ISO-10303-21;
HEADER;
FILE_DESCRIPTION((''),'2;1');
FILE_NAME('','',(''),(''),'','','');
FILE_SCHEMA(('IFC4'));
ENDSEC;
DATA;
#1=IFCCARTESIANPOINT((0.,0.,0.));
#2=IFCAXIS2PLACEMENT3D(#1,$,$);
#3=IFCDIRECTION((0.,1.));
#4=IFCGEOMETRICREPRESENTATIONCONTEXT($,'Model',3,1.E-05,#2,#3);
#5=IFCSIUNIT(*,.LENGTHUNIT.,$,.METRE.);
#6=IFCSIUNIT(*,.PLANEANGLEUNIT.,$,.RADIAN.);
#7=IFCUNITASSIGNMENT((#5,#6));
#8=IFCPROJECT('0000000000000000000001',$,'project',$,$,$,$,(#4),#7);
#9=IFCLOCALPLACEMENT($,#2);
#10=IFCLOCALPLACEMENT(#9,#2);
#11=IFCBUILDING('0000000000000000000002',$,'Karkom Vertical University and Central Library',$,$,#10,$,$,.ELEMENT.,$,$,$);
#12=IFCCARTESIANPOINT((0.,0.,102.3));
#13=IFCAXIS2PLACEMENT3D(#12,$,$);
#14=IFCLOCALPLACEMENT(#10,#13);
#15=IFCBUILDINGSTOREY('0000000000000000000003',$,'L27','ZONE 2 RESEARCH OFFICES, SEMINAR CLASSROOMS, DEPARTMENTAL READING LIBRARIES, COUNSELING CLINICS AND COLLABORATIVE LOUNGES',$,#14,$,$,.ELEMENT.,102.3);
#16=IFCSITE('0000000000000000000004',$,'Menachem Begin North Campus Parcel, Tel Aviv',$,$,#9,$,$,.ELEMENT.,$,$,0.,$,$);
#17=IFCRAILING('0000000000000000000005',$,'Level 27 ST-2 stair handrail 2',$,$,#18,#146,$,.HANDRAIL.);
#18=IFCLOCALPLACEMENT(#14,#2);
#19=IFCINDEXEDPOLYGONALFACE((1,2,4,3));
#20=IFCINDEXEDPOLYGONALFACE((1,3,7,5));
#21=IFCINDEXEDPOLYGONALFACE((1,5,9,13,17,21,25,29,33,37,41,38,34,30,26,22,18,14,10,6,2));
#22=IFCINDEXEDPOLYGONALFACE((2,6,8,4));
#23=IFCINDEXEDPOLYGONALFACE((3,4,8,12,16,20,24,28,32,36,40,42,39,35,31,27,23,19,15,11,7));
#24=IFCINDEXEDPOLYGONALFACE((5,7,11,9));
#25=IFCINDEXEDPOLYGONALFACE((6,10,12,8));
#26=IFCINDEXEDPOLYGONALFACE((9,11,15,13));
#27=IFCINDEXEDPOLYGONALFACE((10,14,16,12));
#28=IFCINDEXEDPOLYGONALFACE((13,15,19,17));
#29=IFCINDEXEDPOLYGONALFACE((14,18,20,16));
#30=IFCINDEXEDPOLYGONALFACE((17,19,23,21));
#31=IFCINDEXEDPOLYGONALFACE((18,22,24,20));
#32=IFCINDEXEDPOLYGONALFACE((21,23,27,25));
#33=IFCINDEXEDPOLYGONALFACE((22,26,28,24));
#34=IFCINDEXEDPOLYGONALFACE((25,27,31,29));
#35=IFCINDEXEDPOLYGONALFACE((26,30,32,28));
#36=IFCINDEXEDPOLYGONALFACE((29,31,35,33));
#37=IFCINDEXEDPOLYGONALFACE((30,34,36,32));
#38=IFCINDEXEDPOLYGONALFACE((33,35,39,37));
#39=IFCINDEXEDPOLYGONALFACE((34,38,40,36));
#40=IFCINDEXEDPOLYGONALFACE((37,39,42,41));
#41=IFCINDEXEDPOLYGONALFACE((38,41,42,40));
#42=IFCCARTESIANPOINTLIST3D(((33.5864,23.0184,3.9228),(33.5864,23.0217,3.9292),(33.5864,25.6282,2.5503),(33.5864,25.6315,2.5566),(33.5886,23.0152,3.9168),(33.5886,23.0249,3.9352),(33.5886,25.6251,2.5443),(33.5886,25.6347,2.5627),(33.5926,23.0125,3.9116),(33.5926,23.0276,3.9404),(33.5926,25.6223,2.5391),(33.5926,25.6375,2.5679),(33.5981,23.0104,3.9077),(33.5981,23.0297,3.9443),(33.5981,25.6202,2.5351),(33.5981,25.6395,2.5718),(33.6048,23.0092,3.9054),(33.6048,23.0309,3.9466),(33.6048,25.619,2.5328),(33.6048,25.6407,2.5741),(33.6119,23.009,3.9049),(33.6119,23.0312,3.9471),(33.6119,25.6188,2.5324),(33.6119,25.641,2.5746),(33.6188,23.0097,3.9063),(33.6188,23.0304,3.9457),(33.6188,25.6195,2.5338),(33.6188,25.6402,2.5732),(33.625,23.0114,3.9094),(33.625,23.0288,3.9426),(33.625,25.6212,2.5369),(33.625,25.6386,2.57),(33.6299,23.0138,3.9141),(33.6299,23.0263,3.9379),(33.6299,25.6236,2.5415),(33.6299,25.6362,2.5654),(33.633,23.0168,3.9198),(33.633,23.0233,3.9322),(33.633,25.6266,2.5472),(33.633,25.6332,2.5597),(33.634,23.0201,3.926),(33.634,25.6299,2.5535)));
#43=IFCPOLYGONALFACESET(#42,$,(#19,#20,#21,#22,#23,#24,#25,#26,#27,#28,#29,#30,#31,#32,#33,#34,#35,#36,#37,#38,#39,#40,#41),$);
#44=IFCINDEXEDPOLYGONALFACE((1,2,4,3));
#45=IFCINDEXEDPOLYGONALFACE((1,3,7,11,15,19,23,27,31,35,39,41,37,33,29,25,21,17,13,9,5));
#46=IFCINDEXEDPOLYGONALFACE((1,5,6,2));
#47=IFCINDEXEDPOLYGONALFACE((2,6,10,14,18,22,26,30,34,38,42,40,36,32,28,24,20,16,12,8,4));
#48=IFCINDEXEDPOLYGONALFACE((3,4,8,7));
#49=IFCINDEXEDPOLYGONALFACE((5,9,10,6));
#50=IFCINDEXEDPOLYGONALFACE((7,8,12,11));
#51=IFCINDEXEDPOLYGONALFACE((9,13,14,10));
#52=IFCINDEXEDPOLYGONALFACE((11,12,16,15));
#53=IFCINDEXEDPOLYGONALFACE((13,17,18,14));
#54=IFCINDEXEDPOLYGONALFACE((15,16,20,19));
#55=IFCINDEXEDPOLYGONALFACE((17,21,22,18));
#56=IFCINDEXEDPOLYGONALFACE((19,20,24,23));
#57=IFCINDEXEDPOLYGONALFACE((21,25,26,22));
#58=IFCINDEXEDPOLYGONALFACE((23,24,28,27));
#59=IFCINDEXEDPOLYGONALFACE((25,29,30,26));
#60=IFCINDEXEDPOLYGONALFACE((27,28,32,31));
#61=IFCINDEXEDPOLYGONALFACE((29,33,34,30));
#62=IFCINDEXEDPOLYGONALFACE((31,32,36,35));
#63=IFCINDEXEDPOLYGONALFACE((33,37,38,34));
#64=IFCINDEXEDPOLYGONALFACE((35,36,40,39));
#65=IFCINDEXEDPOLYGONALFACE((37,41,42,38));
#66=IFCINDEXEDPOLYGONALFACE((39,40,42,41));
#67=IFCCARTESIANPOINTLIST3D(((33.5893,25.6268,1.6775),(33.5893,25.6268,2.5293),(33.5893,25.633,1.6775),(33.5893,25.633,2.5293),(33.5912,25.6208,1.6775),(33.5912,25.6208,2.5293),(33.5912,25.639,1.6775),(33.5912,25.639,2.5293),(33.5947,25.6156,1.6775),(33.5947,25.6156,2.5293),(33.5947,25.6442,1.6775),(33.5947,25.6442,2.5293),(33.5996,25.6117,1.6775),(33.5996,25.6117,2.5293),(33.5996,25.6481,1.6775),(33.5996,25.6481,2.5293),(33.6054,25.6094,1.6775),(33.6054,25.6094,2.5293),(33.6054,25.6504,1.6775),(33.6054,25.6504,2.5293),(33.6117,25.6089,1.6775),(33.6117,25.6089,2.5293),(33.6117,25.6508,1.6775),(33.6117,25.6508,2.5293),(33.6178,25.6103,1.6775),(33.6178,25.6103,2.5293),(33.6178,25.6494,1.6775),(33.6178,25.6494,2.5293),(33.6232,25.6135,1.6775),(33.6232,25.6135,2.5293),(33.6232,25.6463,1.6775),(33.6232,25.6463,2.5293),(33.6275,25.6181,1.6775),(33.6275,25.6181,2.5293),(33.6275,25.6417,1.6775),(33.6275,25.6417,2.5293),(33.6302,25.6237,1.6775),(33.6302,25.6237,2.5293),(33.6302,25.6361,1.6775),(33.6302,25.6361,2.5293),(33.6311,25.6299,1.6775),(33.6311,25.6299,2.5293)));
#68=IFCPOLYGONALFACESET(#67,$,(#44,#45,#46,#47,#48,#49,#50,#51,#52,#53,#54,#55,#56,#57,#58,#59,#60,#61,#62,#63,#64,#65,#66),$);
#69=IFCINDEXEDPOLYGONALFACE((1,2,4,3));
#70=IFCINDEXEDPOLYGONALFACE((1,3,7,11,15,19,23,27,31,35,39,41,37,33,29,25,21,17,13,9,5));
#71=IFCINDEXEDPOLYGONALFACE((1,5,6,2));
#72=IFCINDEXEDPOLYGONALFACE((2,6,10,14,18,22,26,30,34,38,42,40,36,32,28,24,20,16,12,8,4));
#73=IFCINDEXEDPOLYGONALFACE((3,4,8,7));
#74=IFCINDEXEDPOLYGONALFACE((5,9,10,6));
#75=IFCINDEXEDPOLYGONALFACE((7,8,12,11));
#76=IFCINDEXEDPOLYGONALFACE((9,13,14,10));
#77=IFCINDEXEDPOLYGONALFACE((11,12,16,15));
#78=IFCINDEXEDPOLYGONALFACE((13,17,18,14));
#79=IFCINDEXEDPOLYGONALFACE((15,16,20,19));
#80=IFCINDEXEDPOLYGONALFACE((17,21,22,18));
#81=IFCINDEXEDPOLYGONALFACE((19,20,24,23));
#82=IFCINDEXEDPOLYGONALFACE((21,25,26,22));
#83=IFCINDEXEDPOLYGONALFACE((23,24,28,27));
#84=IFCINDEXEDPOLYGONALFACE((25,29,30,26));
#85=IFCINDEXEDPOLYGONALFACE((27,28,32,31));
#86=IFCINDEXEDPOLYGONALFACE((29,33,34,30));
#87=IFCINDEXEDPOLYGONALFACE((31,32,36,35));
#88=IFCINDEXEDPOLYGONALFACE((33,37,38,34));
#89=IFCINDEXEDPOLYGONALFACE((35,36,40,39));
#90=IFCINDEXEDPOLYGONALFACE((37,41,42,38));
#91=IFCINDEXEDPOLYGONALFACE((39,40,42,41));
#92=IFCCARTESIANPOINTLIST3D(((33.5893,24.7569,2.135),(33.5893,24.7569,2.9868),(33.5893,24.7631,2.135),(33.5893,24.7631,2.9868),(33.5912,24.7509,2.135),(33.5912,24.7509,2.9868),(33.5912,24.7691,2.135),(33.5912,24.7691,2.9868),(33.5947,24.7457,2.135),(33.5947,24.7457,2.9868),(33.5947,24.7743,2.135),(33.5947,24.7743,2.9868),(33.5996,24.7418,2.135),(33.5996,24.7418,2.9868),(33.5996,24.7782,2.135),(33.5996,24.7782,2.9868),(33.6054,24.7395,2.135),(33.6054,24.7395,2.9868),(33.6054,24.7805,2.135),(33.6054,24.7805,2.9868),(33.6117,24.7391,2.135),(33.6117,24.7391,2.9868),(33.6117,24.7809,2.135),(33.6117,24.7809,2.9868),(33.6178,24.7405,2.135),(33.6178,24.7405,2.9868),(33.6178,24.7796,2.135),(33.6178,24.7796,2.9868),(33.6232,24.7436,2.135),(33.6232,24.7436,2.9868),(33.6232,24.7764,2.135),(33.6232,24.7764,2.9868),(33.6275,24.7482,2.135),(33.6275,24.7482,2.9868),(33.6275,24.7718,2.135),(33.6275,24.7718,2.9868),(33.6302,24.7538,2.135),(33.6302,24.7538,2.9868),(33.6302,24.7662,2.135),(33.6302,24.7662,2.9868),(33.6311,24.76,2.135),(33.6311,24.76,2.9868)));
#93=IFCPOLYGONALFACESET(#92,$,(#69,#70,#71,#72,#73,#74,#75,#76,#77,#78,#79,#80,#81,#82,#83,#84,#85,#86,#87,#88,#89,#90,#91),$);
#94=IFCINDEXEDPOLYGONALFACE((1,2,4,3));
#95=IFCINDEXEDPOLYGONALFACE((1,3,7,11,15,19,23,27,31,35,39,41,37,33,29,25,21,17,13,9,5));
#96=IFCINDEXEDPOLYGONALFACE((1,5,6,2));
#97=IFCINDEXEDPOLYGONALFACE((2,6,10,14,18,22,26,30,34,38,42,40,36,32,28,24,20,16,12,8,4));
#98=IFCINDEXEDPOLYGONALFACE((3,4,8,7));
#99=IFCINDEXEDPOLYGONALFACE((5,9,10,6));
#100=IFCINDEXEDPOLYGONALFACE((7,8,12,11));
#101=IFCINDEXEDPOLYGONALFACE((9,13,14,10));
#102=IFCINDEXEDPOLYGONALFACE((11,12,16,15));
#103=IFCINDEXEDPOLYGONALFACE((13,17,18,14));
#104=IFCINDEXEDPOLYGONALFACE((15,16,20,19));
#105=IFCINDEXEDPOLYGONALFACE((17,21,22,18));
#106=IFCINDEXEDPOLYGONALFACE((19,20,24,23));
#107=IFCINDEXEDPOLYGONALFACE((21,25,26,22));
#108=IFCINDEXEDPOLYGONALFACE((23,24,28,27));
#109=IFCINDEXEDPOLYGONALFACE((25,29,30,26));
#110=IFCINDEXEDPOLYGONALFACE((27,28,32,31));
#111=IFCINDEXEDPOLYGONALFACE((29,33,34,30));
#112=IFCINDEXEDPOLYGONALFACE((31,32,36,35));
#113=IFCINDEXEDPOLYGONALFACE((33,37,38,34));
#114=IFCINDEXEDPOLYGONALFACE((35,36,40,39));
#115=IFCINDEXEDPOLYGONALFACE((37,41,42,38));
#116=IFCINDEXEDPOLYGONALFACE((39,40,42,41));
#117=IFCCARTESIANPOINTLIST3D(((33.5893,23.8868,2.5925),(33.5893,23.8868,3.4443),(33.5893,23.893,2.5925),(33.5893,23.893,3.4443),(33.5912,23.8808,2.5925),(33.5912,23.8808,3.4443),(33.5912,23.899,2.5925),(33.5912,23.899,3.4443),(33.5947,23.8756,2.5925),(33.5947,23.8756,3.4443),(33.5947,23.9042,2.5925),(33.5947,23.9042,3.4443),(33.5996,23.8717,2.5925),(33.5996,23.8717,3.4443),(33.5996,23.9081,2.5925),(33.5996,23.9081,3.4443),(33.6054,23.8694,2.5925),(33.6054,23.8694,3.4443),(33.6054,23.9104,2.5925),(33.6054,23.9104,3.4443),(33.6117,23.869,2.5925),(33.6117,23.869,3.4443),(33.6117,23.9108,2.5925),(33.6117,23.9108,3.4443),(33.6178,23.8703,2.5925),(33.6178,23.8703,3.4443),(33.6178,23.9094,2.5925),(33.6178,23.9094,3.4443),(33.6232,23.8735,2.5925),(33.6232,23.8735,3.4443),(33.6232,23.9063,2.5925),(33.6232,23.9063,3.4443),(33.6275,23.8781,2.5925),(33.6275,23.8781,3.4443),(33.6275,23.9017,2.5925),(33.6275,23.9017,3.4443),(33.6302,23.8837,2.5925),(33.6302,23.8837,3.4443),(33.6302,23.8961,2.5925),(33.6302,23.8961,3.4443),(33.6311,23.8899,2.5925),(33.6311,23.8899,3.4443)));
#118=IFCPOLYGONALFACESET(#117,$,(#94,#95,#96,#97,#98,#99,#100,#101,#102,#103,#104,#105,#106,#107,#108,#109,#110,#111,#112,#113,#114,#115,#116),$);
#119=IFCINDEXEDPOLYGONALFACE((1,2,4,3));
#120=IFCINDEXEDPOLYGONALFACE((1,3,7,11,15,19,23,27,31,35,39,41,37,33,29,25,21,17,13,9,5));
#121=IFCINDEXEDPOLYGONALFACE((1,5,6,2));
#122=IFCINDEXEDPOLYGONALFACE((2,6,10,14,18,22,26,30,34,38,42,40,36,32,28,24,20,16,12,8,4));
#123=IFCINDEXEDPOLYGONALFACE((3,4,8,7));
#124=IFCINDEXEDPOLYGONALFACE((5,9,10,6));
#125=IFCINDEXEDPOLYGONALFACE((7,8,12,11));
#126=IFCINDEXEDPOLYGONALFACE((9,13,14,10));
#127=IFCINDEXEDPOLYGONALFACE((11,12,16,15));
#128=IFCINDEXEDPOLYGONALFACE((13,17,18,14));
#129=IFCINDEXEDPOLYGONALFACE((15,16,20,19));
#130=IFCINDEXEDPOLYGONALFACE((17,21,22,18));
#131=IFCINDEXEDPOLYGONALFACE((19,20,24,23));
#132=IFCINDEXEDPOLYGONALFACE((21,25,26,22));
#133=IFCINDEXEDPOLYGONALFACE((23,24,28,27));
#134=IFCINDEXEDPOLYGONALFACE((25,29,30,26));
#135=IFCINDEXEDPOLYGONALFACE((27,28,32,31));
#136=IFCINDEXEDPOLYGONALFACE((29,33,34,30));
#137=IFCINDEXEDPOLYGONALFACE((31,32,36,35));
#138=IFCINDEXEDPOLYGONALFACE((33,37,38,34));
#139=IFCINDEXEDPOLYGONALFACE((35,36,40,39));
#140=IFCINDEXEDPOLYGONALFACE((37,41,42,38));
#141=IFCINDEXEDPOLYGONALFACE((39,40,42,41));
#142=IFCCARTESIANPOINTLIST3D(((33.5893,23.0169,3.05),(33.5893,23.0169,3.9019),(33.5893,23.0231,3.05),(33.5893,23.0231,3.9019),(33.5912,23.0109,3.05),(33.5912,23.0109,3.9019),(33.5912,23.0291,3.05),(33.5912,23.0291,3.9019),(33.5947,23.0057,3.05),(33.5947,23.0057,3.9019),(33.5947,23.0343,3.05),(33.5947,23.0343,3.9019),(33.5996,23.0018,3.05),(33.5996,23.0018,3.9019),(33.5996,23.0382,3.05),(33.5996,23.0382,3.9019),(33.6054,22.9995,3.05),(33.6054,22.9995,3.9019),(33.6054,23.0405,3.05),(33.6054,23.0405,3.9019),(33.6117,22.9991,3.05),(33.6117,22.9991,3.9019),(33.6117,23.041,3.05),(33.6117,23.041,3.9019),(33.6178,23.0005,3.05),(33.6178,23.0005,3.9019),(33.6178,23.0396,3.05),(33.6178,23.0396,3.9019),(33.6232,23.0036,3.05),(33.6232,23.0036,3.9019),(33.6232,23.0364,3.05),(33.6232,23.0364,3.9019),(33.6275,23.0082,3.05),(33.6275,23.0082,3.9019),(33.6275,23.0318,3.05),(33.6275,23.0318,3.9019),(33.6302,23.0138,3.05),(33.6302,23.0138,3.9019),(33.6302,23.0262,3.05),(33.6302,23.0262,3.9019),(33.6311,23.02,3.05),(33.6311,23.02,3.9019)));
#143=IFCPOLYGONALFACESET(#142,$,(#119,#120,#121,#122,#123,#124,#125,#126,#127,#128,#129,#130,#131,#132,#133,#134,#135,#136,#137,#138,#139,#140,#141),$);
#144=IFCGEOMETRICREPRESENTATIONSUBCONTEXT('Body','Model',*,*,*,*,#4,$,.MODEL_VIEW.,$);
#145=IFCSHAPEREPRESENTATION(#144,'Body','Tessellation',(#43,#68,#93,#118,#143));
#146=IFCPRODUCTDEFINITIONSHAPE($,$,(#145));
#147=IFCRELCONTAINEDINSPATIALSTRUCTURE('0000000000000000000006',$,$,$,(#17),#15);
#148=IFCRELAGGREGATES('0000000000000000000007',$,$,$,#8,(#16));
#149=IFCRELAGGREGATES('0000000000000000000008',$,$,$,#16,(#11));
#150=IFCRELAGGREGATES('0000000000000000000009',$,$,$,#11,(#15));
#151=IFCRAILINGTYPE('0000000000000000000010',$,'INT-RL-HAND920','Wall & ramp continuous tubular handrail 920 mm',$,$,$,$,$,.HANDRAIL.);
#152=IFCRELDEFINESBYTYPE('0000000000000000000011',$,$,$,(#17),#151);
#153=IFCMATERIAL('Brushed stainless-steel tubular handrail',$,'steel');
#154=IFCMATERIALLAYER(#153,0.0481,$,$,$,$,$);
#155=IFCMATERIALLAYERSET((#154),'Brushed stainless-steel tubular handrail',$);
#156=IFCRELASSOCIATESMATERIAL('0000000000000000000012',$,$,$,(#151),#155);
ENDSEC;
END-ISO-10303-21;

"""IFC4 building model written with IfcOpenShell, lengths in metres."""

from ifc_helpers import new_model, si_unit, direction, frame, origin, origin_2d, place, context, subcontext, project, spatial, circle, extrude, material, layer, layer_set, type_object, element, save


model = new_model("IFC4")

# Units and contexts
model_context = context("Model", 3, precision=1e-05, world=origin(), true_north=direction((0.0, 1.0)))
body_context = subcontext(model_context, "Body", "Model", "MODEL_VIEW")
ifc_project = project(units=[si_unit("LENGTHUNIT", "METRE"), si_unit("PLANEANGLEUNIT", "RADIAN")], contexts=[model_context])

# Site, building, storey
site_placement = place(None, origin())
site = spatial("IfcSite", under=ifc_project, at=site_placement, Name="Menachem Begin North Campus Parcel, Tel Aviv", CompositionType="ELEMENT", RefElevation=0.0)
building_placement = place(site_placement, origin())
building = spatial("IfcBuilding", under=site, at=building_placement, Name="Karkom Vertical University and Central Library", CompositionType="ELEMENT")
storey_placement = place(building_placement, frame((0.0, 0.0, 102.3)))
storey = spatial("IfcBuildingStorey", under=building, at=storey_placement, Name="L27", Description="ZONE 2 RESEARCH OFFICES, SEMINAR CLASSROOMS, DEPARTMENTAL READING LIBRARIES, COUNSELING CLINICS AND COLLABORATIVE LOUNGES", CompositionType="ELEMENT", Elevation=102.3)

# Railing
ifc_material_1 = material(Name="Brushed stainless-steel tubular handrail", Category="steel")
ifc_layer_1 = layer(ifc_material_1, 0.0481)
ifc_layer_set_1 = layer_set([ifc_layer_1], Name="Brushed stainless-steel tubular handrail")
railing_type_1 = type_object("IfcRailingType", Name="INT-RL-HAND920", Description="Wall & ramp continuous tubular handrail 920 mm", PredefinedType="HANDRAIL", material=ifc_layer_set_1)
railing_1_placement = place(storey_placement, frame((33.6101, 25.6299, 1.6775)))
element("IfcRailing", 1, at=railing_1_placement, inside=storey, type_object=railing_type_1, Name="Level 27 ST-2 stair handrail 2", PredefinedType="HANDRAIL", context=body_context, shape_type="SweptSolid", body=[
    extrude(circle(Radius=0.0239, at=origin_2d()), frame((0.0, 0.0, 0.876), z_axis=(0.0, -0.885065, 0.465467), x_axis=(1.0, 0.0, 0.0)), (0.0, 0.0, 1.0), 2.9487),
    extrude(circle(Radius=0.021, at=origin_2d()), origin(), (0.0, 0.0, 1.0), 0.8518),
    extrude(circle(Radius=0.021, at=origin_2d()), frame((0.0, -0.8699, 0.4575)), (0.0, 0.0, 1.0), 0.8518),
    extrude(circle(Radius=0.021, at=origin_2d()), frame((0.0, -1.74, 0.915)), (0.0, 0.0, 1.0), 0.8518),
    extrude(circle(Radius=0.021, at=origin_2d()), frame((0.0, -2.6099, 1.3726)), (0.0, 0.0, 1.0), 0.8518),
])

save(model, "model.ifc")
